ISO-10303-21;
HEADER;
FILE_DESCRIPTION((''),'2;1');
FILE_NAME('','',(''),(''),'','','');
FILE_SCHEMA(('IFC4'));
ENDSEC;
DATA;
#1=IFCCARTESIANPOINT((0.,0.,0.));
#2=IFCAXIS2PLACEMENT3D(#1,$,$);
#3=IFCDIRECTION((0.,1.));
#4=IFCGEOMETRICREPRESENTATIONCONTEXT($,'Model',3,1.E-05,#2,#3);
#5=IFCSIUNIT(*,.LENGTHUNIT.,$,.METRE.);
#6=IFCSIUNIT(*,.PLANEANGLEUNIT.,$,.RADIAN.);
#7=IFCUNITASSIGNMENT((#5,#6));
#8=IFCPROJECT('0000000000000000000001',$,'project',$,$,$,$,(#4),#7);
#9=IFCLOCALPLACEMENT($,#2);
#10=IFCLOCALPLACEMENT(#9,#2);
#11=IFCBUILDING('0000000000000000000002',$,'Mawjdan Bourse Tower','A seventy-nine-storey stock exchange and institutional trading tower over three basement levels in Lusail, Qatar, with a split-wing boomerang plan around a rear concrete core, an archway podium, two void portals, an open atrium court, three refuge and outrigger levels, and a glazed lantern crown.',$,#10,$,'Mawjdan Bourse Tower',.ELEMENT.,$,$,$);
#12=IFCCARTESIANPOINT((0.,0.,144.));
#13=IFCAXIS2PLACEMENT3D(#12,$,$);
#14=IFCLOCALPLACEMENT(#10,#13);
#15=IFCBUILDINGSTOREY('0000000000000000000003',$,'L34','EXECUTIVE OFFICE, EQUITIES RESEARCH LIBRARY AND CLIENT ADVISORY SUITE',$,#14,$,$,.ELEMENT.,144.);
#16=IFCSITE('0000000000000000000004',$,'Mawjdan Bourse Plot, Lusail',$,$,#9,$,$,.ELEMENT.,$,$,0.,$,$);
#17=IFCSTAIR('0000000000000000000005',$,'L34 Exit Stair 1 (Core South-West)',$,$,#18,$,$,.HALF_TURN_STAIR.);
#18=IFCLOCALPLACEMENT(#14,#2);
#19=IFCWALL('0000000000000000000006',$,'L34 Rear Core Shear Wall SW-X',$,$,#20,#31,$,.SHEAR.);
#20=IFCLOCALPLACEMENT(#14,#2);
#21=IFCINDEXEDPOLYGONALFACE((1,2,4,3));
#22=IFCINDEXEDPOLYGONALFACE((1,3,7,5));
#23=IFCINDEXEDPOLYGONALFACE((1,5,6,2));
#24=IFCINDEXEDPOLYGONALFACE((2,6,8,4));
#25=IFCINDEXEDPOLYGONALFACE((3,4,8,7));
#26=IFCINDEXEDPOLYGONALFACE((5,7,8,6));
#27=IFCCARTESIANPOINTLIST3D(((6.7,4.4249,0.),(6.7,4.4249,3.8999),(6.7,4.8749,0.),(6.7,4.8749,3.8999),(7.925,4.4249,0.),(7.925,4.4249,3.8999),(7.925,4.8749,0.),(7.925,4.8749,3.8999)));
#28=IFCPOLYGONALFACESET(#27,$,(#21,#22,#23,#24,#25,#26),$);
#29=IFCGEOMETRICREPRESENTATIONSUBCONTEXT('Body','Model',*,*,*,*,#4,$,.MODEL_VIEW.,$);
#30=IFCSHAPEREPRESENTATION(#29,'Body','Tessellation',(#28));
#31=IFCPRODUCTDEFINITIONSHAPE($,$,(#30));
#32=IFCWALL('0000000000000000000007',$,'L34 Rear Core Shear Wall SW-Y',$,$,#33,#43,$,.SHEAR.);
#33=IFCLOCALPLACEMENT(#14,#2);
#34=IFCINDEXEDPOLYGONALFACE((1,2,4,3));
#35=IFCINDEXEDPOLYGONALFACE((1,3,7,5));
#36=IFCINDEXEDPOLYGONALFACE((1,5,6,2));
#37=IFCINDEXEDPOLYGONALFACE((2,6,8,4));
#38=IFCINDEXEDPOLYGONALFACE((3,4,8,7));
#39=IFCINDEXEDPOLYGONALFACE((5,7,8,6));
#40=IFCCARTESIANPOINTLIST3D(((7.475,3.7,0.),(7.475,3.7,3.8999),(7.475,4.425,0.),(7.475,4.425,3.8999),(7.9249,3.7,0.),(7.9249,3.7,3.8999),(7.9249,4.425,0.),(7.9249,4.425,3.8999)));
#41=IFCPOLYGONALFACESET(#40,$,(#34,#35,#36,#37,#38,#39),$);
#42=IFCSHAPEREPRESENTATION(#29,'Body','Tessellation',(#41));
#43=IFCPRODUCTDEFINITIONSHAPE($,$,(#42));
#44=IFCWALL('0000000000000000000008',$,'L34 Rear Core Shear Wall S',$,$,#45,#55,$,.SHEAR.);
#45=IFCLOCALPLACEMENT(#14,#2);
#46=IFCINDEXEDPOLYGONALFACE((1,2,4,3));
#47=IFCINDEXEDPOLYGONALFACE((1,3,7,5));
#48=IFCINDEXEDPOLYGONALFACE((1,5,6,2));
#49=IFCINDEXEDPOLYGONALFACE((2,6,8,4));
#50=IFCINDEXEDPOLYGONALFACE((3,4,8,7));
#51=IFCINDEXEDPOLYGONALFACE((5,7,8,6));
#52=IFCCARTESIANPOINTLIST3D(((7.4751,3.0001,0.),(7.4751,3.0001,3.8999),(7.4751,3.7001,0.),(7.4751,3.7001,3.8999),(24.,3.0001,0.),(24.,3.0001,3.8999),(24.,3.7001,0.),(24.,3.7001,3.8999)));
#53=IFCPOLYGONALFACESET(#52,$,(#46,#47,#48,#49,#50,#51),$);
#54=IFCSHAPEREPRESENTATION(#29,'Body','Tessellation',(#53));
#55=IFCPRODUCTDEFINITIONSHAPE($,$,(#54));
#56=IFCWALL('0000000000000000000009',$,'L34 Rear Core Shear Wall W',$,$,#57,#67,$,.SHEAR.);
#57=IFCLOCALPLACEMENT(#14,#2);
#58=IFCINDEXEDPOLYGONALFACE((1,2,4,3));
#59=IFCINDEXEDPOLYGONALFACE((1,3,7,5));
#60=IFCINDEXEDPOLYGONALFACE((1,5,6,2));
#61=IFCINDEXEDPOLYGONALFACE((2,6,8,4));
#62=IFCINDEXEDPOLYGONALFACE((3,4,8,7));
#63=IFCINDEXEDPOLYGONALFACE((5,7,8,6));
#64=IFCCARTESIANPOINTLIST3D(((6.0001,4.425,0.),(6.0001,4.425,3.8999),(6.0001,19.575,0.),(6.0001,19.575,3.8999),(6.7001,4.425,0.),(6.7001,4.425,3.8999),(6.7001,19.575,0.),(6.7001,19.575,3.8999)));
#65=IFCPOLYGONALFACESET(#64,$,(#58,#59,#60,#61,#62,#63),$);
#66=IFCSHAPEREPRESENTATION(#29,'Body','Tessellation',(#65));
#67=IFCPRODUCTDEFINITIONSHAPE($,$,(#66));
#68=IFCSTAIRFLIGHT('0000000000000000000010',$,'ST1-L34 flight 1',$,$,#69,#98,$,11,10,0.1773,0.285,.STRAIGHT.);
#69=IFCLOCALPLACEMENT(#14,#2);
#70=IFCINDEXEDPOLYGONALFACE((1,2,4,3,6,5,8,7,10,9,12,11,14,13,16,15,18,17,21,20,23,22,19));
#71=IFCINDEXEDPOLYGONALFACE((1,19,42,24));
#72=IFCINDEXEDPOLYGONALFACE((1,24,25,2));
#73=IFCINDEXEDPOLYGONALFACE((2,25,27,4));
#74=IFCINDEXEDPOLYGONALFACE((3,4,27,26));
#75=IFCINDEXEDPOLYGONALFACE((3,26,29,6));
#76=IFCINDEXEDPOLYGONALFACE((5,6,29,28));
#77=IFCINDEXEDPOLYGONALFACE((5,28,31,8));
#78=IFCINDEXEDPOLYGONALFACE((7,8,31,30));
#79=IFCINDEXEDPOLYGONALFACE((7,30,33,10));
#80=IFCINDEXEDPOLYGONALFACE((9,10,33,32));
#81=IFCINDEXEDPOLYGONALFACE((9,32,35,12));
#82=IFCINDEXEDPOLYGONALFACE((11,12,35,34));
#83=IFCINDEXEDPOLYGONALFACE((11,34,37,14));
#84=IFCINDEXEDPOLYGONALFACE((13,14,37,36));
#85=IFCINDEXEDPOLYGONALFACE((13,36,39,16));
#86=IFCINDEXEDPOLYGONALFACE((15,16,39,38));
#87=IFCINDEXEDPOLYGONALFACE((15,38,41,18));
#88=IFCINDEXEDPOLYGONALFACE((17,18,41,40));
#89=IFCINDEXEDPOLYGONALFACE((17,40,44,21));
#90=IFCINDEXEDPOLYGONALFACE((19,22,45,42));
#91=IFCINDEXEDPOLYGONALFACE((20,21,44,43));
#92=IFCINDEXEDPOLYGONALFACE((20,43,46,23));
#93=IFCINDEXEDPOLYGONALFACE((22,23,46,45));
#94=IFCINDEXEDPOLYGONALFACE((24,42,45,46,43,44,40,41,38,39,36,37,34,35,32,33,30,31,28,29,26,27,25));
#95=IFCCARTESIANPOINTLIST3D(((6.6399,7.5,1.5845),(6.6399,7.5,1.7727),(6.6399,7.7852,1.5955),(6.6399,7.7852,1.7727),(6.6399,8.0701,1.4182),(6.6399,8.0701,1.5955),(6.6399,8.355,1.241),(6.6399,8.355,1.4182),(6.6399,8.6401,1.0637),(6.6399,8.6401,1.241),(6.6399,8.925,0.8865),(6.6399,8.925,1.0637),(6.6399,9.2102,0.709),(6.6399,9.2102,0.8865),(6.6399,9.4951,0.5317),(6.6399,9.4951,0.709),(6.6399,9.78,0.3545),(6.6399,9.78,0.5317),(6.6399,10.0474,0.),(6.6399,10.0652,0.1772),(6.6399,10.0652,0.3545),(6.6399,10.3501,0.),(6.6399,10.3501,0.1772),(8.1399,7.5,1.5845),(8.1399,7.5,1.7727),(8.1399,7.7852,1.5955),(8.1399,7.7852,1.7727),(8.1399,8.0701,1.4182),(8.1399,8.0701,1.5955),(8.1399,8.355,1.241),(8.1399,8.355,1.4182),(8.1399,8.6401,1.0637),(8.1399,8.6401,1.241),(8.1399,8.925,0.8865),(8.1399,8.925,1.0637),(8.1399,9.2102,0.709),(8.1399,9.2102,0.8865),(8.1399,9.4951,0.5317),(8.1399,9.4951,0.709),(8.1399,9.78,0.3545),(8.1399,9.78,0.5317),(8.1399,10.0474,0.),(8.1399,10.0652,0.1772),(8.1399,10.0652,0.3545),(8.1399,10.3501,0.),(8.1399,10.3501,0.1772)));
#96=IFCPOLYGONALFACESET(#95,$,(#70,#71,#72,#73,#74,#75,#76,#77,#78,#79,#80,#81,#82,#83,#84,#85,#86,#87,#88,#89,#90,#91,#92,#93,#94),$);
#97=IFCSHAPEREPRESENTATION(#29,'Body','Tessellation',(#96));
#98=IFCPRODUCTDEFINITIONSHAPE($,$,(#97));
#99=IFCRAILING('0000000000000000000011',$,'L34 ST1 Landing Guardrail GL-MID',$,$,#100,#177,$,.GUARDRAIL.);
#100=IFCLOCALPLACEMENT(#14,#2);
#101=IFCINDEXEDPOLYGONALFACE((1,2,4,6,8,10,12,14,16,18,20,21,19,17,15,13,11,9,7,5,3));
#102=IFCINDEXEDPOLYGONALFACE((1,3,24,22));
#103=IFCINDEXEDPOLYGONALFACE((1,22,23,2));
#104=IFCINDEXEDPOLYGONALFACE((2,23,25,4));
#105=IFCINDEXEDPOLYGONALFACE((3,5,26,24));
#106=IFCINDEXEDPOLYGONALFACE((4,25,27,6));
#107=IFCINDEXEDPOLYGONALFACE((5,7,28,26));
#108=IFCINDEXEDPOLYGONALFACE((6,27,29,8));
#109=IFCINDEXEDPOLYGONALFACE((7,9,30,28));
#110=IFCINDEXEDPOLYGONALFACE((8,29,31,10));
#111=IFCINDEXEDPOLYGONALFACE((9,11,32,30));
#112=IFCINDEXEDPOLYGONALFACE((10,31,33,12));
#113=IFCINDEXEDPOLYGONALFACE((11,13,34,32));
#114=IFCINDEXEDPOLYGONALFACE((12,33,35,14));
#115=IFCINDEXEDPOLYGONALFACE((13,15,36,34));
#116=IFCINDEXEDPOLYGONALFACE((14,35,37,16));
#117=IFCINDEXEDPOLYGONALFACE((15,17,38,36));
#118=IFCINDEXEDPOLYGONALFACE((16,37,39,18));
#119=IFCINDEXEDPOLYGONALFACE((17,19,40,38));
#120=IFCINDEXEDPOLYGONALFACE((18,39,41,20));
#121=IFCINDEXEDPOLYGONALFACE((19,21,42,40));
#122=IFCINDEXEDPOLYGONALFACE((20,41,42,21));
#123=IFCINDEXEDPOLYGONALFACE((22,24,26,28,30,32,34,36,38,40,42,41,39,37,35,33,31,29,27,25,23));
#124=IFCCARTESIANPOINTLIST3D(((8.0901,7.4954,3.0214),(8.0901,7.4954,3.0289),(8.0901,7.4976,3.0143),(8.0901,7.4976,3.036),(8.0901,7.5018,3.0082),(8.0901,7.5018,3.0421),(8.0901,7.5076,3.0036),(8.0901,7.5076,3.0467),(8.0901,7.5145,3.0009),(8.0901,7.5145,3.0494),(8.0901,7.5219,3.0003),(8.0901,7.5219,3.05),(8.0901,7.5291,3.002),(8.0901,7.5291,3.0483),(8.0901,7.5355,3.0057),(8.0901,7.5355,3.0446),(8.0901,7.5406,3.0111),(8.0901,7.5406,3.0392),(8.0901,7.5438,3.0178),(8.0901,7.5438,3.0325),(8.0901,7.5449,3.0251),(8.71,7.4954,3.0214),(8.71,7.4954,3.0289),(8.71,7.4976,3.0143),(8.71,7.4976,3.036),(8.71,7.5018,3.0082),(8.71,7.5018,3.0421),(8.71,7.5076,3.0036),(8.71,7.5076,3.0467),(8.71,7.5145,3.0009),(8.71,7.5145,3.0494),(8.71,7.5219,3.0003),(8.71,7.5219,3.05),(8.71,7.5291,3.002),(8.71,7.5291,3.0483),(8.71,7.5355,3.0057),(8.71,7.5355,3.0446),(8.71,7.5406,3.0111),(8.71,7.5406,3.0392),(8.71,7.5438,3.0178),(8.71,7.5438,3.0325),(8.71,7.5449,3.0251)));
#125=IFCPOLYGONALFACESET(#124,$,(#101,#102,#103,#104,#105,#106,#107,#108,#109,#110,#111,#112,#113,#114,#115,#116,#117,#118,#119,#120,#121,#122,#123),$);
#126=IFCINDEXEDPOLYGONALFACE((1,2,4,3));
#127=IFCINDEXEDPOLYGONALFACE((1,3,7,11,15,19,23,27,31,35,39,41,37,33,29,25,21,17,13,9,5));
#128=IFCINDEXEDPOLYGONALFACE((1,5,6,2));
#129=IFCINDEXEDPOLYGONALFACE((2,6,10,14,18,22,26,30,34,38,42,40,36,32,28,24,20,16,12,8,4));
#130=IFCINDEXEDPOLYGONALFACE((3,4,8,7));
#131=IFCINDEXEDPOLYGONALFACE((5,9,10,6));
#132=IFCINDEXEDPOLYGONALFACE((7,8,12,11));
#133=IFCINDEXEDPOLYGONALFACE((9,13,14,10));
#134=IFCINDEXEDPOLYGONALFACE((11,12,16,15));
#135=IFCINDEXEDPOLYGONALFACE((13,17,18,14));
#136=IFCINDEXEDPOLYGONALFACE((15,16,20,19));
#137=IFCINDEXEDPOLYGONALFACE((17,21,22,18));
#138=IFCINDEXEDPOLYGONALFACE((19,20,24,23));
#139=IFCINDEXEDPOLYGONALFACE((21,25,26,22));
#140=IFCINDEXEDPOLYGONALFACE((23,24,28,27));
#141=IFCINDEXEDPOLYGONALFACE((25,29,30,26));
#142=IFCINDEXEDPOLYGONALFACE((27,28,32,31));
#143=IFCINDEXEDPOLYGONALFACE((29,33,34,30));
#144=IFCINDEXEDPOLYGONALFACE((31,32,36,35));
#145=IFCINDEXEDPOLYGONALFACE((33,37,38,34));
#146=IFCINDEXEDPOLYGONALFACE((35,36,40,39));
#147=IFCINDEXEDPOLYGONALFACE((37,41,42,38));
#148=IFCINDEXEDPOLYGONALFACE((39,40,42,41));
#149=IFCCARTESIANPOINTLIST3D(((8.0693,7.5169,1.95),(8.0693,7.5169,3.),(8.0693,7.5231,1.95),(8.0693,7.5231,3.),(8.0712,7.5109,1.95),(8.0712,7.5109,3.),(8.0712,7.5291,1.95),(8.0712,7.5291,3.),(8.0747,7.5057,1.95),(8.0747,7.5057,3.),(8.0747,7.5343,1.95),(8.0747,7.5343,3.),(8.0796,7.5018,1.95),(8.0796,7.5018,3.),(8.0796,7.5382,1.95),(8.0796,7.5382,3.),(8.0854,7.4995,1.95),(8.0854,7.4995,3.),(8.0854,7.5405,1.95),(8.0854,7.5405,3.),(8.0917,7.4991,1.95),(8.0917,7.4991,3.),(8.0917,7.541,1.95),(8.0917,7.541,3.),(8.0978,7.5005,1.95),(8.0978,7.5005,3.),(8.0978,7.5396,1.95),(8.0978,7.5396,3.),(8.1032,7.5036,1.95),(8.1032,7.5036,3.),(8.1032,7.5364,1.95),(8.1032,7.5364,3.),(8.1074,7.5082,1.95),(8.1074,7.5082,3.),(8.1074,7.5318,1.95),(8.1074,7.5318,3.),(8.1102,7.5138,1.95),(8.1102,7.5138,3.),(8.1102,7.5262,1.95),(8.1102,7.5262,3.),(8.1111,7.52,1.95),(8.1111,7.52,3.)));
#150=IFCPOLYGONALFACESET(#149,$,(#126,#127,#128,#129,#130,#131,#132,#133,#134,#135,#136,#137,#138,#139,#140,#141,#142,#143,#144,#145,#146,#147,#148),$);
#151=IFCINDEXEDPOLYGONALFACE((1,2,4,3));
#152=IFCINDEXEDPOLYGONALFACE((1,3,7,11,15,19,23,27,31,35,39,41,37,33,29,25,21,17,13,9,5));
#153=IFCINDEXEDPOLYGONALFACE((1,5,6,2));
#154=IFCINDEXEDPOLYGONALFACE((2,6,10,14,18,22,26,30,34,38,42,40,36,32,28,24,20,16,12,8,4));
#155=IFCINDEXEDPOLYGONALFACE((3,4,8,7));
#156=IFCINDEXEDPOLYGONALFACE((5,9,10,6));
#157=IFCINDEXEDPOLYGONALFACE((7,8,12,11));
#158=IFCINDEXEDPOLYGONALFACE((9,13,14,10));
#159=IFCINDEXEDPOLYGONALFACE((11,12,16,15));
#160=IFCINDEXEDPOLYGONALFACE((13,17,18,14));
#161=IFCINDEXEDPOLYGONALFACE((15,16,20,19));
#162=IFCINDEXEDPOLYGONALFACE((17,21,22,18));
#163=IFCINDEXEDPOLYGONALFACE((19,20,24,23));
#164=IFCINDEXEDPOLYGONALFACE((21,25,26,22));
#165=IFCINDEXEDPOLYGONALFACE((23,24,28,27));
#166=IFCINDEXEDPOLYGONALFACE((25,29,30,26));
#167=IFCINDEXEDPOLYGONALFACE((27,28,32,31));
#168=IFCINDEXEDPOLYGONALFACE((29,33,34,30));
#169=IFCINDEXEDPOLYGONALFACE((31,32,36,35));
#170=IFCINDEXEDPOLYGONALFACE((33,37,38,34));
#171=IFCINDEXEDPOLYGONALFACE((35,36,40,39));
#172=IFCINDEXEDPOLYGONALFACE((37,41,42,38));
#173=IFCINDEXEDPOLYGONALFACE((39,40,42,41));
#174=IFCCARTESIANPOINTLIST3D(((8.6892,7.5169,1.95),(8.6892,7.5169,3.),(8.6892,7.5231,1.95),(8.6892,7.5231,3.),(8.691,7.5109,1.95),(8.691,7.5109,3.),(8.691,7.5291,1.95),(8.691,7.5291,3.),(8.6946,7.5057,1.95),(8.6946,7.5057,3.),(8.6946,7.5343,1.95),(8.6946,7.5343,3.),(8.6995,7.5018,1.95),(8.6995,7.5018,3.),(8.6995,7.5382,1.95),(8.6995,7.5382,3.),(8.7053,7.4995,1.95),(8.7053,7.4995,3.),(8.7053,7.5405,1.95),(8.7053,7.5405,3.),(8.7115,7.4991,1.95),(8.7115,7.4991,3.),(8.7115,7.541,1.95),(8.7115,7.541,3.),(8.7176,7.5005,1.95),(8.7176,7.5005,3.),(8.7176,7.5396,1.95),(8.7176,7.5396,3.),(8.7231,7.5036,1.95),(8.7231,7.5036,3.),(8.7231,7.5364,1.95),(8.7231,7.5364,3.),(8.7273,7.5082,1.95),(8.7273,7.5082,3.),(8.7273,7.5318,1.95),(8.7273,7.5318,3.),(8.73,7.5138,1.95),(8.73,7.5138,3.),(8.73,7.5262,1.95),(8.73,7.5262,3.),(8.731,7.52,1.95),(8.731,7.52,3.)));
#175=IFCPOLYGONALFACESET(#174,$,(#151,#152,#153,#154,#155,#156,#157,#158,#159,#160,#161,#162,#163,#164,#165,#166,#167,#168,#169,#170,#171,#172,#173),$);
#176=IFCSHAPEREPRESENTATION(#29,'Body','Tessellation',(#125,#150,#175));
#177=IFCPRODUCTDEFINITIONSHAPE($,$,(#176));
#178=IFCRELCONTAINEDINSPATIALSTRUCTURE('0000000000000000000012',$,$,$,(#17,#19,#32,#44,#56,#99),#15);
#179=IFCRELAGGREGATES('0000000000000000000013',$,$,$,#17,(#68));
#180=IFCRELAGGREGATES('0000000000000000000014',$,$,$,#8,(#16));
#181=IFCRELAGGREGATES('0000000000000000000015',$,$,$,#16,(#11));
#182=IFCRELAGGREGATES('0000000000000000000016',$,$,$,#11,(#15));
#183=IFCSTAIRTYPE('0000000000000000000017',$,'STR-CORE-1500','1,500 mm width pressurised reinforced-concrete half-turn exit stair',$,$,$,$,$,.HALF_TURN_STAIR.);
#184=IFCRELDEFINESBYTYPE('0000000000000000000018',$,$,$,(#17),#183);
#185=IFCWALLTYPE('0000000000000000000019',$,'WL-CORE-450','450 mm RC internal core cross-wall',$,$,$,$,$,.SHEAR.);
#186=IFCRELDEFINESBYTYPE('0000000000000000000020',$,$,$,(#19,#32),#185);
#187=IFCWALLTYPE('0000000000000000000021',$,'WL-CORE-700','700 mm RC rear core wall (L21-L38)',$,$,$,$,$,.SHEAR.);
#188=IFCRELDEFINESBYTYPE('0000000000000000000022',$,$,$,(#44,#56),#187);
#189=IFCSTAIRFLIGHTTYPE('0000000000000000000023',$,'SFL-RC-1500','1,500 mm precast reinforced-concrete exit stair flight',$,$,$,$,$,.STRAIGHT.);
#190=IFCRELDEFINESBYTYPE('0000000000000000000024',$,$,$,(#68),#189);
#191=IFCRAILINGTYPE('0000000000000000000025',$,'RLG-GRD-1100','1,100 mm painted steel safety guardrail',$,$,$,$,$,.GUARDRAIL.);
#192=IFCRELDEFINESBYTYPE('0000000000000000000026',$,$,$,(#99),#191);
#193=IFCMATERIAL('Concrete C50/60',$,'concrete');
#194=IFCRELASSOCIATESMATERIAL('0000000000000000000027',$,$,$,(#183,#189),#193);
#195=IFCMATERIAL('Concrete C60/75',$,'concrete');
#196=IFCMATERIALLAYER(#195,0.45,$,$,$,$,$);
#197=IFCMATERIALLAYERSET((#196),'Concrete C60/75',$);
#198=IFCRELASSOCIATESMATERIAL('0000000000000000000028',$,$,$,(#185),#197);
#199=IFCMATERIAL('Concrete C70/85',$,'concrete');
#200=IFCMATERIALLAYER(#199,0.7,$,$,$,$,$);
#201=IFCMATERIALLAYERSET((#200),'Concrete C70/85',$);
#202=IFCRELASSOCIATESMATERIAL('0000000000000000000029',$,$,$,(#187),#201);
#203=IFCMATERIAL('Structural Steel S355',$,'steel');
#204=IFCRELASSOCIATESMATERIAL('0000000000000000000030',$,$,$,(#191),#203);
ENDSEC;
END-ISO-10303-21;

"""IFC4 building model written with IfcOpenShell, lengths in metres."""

from ifc_helpers import new_model, si_unit, direction, frame, frame_2d, origin, origin_2d, place, context, subcontext, project, spatial, polyline, rectangle, circle, outline, extrude, material, layer, layer_set, type_object, element, aggregate, save


model = new_model("IFC4")

# Units and contexts
model_context = context("Model", 3, precision=1e-05, world=origin(), true_north=direction((0.0, 1.0)))
body_context = subcontext(model_context, "Body", "Model", "MODEL_VIEW")
ifc_project = project(units=[si_unit("LENGTHUNIT", "METRE"), si_unit("PLANEANGLEUNIT", "RADIAN")], contexts=[model_context])

# Site, building, storey
site_placement = place(None, origin())
site = spatial("IfcSite", under=ifc_project, at=site_placement, Name="Mawjdan Bourse Plot, Lusail", CompositionType="ELEMENT", RefElevation=0.0)
building_placement = place(site_placement, origin())
building = spatial("IfcBuilding", under=site, at=building_placement, Name="Mawjdan Bourse Tower", Description="A seventy-nine-storey stock exchange and institutional trading tower over three basement levels in Lusail, Qatar, with a split-wing boomerang plan around a rear concrete core, an archway podium, two void portals, an open atrium court, three refuge and outrigger levels, and a glazed lantern crown.", LongName="Mawjdan Bourse Tower", CompositionType="ELEMENT")
storey_placement = place(building_placement, frame((0.0, 0.0, 144.0)))
storey = spatial("IfcBuildingStorey", under=building, at=storey_placement, Name="L34", Description="EXECUTIVE OFFICE, EQUITIES RESEARCH LIBRARY AND CLIENT ADVISORY SUITE", CompositionType="ELEMENT", Elevation=144.0)

# Stair
ifc_material_1 = material(Name="Concrete C50/60", Category="concrete")
stair_type = type_object("IfcStairType", Name="STR-CORE-1500", Description="1,500 mm width pressurised reinforced-concrete half-turn exit stair", PredefinedType="HALF_TURN_STAIR", material=ifc_material_1)
stair_1_placement = place(storey_placement, origin())
stair_1 = element("IfcStair", 1, at=stair_1_placement, inside=storey, type_object=stair_type, Name="L34 Exit Stair 1 (Core South-West)", PredefinedType="HALF_TURN_STAIR")

# Walls
ifc_material_2 = material(Name="Concrete C60/75", Category="concrete")
ifc_layer_1 = layer(ifc_material_2, 0.45)
ifc_layer_set_1 = layer_set([ifc_layer_1], Name="Concrete C60/75")
wall_type_1 = type_object("IfcWallType", Name="WL-CORE-450", Description="450 mm RC internal core cross-wall", PredefinedType="SHEAR", material=ifc_layer_set_1)
wall_1_placement = place(storey_placement, frame((6.7, 4.6499, 0.0), z_axis=(0.0, 0.0, 1.0), x_axis=(1.0, 0.0, 0.0)))
element("IfcWall", 2, at=wall_1_placement, inside=storey, type_object=wall_type_1, Name="L34 Rear Core Shear Wall SW-X", PredefinedType="SHEAR", context=body_context, shape_type="SweptSolid", body=[
    extrude(rectangle(XDim=1.2251, YDim=0.45, at=frame_2d((0.6125, 0.0))), origin(), (0.0, 0.0, 1.0), 3.8999),
])
wall_2_placement = place(storey_placement, frame((7.7, 3.7, 0.0), z_axis=(0.0, 0.0, 1.0), x_axis=(0.0, 1.0, 0.0)))
element("IfcWall", 3, at=wall_2_placement, inside=storey, type_object=wall_type_1, Name="L34 Rear Core Shear Wall SW-Y", PredefinedType="SHEAR", context=body_context, shape_type="SweptSolid", body=[
    extrude(rectangle(XDim=0.7251, YDim=0.45, at=frame_2d((0.3625, 0.0))), origin(), (0.0, 0.0, 1.0), 3.8999),
])
ifc_material_3 = material(Name="Concrete C70/85", Category="concrete")
ifc_layer_2 = layer(ifc_material_3, 0.7)
ifc_layer_set_2 = layer_set([ifc_layer_2], Name="Concrete C70/85")
wall_type_2 = type_object("IfcWallType", Name="WL-CORE-700", Description="700 mm RC rear core wall (L21-L38)", PredefinedType="SHEAR", material=ifc_layer_set_2)
wall_3_placement = place(storey_placement, frame((7.4751, 3.3501, 0.0), z_axis=(0.0, 0.0, 1.0), x_axis=(1.0, 0.0, 0.0)))
element("IfcWall", 4, at=wall_3_placement, inside=storey, type_object=wall_type_2, Name="L34 Rear Core Shear Wall S", PredefinedType="SHEAR", context=body_context, shape_type="SweptSolid", body=[
    extrude(rectangle(XDim=16.5249, YDim=0.7, at=frame_2d((8.2625, 0.0))), origin(), (0.0, 0.0, 1.0), 3.8999),
])
wall_4_placement = place(storey_placement, frame((6.3501, 4.425, 0.0), z_axis=(0.0, 0.0, 1.0), x_axis=(0.0, 1.0, 0.0)))
element("IfcWall", 5, at=wall_4_placement, inside=storey, type_object=wall_type_2, Name="L34 Rear Core Shear Wall W", PredefinedType="SHEAR", context=body_context, shape_type="SweptSolid", body=[
    extrude(rectangle(XDim=15.1499, YDim=0.7, at=frame_2d((7.575, 0.0))), origin(), (0.0, 0.0, 1.0), 3.8999),
])

# Stair flight
stair_flight_type = type_object("IfcStairFlightType", Name="SFL-RC-1500", Description="1,500 mm precast reinforced-concrete exit stair flight", PredefinedType="STRAIGHT", material=ifc_material_1)
stair_flight_placement = place(storey_placement, frame((7.3899, 10.3501, 0.0), z_axis=(0.0, 0.0, 1.0), x_axis=(0.0, -1.0, 0.0)))
stair_flight = element("IfcStairFlight", 6, at=stair_flight_placement, type_object=stair_flight_type, Name="ST1-L34 flight 1", NumberOfRisers=11, NumberOfTreads=10, PredefinedType="STRAIGHT", RiserHeight=0.1773, TreadLength=0.285, context=body_context, shape_type="SweptSolid", body=[
    extrude(outline(polyline([(0.0, 0.0), (0.0, 0.1772), (0.2849, 0.1772), (0.2849, 0.3545), (0.5701, 0.3545), (0.5701, 0.5317), (0.855, 0.5317), (0.855, 0.709), (1.1399, 0.709), (1.1399, 0.8865), (1.425, 0.8865), (1.425, 1.0637), (1.71, 1.0637), (1.71, 1.241), (1.9951, 1.241), (1.9951, 1.4182), (2.28, 1.4182), (2.28, 1.5955), (2.5649, 1.5955), (2.5649, 1.7727), (2.8501, 1.7727), (2.8501, 1.95), (2.8501, 1.5845), (0.3027, 0.0), (0.0, 0.0)])), frame((0.0, 0.75, 0.0), z_axis=(0.0, -1.0, 0.0), x_axis=(1.0, 0.0, 0.0)), (0.0, 0.0, 1.0), 1.5),
])
aggregate(stair_1, [stair_flight])

# Railing
ifc_material_4 = material(Name="Structural Steel S355", Category="steel")
railing_type = type_object("IfcRailingType", Name="RLG-GRD-1100", Description="1,100 mm painted steel safety guardrail", PredefinedType="GUARDRAIL", material=ifc_material_4)
railing_placement = place(storey_placement, frame((8.0901, 7.52, 1.95)))
element("IfcRailing", 7, at=railing_placement, inside=storey, type_object=railing_type, Name="L34 ST1 Landing Guardrail GL-MID", PredefinedType="GUARDRAIL", context=body_context, shape_type="SweptSolid", body=[
    extrude(circle(Radius=0.0249, at=origin_2d()), frame((0.0, 0.0, 1.0752), z_axis=(1.0, 0.0, 0.0), x_axis=(0.0, 1.0, 0.0)), (0.0, 0.0, 1.0), 0.6199),
    extrude(circle(Radius=0.021, at=origin_2d()), origin(), (0.0, 0.0, 1.0), 1.05),
    extrude(circle(Radius=0.021, at=origin_2d()), frame((0.6199, 0.0, 0.0)), (0.0, 0.0, 1.0), 1.05),
])

save(model, "model.ifc")
